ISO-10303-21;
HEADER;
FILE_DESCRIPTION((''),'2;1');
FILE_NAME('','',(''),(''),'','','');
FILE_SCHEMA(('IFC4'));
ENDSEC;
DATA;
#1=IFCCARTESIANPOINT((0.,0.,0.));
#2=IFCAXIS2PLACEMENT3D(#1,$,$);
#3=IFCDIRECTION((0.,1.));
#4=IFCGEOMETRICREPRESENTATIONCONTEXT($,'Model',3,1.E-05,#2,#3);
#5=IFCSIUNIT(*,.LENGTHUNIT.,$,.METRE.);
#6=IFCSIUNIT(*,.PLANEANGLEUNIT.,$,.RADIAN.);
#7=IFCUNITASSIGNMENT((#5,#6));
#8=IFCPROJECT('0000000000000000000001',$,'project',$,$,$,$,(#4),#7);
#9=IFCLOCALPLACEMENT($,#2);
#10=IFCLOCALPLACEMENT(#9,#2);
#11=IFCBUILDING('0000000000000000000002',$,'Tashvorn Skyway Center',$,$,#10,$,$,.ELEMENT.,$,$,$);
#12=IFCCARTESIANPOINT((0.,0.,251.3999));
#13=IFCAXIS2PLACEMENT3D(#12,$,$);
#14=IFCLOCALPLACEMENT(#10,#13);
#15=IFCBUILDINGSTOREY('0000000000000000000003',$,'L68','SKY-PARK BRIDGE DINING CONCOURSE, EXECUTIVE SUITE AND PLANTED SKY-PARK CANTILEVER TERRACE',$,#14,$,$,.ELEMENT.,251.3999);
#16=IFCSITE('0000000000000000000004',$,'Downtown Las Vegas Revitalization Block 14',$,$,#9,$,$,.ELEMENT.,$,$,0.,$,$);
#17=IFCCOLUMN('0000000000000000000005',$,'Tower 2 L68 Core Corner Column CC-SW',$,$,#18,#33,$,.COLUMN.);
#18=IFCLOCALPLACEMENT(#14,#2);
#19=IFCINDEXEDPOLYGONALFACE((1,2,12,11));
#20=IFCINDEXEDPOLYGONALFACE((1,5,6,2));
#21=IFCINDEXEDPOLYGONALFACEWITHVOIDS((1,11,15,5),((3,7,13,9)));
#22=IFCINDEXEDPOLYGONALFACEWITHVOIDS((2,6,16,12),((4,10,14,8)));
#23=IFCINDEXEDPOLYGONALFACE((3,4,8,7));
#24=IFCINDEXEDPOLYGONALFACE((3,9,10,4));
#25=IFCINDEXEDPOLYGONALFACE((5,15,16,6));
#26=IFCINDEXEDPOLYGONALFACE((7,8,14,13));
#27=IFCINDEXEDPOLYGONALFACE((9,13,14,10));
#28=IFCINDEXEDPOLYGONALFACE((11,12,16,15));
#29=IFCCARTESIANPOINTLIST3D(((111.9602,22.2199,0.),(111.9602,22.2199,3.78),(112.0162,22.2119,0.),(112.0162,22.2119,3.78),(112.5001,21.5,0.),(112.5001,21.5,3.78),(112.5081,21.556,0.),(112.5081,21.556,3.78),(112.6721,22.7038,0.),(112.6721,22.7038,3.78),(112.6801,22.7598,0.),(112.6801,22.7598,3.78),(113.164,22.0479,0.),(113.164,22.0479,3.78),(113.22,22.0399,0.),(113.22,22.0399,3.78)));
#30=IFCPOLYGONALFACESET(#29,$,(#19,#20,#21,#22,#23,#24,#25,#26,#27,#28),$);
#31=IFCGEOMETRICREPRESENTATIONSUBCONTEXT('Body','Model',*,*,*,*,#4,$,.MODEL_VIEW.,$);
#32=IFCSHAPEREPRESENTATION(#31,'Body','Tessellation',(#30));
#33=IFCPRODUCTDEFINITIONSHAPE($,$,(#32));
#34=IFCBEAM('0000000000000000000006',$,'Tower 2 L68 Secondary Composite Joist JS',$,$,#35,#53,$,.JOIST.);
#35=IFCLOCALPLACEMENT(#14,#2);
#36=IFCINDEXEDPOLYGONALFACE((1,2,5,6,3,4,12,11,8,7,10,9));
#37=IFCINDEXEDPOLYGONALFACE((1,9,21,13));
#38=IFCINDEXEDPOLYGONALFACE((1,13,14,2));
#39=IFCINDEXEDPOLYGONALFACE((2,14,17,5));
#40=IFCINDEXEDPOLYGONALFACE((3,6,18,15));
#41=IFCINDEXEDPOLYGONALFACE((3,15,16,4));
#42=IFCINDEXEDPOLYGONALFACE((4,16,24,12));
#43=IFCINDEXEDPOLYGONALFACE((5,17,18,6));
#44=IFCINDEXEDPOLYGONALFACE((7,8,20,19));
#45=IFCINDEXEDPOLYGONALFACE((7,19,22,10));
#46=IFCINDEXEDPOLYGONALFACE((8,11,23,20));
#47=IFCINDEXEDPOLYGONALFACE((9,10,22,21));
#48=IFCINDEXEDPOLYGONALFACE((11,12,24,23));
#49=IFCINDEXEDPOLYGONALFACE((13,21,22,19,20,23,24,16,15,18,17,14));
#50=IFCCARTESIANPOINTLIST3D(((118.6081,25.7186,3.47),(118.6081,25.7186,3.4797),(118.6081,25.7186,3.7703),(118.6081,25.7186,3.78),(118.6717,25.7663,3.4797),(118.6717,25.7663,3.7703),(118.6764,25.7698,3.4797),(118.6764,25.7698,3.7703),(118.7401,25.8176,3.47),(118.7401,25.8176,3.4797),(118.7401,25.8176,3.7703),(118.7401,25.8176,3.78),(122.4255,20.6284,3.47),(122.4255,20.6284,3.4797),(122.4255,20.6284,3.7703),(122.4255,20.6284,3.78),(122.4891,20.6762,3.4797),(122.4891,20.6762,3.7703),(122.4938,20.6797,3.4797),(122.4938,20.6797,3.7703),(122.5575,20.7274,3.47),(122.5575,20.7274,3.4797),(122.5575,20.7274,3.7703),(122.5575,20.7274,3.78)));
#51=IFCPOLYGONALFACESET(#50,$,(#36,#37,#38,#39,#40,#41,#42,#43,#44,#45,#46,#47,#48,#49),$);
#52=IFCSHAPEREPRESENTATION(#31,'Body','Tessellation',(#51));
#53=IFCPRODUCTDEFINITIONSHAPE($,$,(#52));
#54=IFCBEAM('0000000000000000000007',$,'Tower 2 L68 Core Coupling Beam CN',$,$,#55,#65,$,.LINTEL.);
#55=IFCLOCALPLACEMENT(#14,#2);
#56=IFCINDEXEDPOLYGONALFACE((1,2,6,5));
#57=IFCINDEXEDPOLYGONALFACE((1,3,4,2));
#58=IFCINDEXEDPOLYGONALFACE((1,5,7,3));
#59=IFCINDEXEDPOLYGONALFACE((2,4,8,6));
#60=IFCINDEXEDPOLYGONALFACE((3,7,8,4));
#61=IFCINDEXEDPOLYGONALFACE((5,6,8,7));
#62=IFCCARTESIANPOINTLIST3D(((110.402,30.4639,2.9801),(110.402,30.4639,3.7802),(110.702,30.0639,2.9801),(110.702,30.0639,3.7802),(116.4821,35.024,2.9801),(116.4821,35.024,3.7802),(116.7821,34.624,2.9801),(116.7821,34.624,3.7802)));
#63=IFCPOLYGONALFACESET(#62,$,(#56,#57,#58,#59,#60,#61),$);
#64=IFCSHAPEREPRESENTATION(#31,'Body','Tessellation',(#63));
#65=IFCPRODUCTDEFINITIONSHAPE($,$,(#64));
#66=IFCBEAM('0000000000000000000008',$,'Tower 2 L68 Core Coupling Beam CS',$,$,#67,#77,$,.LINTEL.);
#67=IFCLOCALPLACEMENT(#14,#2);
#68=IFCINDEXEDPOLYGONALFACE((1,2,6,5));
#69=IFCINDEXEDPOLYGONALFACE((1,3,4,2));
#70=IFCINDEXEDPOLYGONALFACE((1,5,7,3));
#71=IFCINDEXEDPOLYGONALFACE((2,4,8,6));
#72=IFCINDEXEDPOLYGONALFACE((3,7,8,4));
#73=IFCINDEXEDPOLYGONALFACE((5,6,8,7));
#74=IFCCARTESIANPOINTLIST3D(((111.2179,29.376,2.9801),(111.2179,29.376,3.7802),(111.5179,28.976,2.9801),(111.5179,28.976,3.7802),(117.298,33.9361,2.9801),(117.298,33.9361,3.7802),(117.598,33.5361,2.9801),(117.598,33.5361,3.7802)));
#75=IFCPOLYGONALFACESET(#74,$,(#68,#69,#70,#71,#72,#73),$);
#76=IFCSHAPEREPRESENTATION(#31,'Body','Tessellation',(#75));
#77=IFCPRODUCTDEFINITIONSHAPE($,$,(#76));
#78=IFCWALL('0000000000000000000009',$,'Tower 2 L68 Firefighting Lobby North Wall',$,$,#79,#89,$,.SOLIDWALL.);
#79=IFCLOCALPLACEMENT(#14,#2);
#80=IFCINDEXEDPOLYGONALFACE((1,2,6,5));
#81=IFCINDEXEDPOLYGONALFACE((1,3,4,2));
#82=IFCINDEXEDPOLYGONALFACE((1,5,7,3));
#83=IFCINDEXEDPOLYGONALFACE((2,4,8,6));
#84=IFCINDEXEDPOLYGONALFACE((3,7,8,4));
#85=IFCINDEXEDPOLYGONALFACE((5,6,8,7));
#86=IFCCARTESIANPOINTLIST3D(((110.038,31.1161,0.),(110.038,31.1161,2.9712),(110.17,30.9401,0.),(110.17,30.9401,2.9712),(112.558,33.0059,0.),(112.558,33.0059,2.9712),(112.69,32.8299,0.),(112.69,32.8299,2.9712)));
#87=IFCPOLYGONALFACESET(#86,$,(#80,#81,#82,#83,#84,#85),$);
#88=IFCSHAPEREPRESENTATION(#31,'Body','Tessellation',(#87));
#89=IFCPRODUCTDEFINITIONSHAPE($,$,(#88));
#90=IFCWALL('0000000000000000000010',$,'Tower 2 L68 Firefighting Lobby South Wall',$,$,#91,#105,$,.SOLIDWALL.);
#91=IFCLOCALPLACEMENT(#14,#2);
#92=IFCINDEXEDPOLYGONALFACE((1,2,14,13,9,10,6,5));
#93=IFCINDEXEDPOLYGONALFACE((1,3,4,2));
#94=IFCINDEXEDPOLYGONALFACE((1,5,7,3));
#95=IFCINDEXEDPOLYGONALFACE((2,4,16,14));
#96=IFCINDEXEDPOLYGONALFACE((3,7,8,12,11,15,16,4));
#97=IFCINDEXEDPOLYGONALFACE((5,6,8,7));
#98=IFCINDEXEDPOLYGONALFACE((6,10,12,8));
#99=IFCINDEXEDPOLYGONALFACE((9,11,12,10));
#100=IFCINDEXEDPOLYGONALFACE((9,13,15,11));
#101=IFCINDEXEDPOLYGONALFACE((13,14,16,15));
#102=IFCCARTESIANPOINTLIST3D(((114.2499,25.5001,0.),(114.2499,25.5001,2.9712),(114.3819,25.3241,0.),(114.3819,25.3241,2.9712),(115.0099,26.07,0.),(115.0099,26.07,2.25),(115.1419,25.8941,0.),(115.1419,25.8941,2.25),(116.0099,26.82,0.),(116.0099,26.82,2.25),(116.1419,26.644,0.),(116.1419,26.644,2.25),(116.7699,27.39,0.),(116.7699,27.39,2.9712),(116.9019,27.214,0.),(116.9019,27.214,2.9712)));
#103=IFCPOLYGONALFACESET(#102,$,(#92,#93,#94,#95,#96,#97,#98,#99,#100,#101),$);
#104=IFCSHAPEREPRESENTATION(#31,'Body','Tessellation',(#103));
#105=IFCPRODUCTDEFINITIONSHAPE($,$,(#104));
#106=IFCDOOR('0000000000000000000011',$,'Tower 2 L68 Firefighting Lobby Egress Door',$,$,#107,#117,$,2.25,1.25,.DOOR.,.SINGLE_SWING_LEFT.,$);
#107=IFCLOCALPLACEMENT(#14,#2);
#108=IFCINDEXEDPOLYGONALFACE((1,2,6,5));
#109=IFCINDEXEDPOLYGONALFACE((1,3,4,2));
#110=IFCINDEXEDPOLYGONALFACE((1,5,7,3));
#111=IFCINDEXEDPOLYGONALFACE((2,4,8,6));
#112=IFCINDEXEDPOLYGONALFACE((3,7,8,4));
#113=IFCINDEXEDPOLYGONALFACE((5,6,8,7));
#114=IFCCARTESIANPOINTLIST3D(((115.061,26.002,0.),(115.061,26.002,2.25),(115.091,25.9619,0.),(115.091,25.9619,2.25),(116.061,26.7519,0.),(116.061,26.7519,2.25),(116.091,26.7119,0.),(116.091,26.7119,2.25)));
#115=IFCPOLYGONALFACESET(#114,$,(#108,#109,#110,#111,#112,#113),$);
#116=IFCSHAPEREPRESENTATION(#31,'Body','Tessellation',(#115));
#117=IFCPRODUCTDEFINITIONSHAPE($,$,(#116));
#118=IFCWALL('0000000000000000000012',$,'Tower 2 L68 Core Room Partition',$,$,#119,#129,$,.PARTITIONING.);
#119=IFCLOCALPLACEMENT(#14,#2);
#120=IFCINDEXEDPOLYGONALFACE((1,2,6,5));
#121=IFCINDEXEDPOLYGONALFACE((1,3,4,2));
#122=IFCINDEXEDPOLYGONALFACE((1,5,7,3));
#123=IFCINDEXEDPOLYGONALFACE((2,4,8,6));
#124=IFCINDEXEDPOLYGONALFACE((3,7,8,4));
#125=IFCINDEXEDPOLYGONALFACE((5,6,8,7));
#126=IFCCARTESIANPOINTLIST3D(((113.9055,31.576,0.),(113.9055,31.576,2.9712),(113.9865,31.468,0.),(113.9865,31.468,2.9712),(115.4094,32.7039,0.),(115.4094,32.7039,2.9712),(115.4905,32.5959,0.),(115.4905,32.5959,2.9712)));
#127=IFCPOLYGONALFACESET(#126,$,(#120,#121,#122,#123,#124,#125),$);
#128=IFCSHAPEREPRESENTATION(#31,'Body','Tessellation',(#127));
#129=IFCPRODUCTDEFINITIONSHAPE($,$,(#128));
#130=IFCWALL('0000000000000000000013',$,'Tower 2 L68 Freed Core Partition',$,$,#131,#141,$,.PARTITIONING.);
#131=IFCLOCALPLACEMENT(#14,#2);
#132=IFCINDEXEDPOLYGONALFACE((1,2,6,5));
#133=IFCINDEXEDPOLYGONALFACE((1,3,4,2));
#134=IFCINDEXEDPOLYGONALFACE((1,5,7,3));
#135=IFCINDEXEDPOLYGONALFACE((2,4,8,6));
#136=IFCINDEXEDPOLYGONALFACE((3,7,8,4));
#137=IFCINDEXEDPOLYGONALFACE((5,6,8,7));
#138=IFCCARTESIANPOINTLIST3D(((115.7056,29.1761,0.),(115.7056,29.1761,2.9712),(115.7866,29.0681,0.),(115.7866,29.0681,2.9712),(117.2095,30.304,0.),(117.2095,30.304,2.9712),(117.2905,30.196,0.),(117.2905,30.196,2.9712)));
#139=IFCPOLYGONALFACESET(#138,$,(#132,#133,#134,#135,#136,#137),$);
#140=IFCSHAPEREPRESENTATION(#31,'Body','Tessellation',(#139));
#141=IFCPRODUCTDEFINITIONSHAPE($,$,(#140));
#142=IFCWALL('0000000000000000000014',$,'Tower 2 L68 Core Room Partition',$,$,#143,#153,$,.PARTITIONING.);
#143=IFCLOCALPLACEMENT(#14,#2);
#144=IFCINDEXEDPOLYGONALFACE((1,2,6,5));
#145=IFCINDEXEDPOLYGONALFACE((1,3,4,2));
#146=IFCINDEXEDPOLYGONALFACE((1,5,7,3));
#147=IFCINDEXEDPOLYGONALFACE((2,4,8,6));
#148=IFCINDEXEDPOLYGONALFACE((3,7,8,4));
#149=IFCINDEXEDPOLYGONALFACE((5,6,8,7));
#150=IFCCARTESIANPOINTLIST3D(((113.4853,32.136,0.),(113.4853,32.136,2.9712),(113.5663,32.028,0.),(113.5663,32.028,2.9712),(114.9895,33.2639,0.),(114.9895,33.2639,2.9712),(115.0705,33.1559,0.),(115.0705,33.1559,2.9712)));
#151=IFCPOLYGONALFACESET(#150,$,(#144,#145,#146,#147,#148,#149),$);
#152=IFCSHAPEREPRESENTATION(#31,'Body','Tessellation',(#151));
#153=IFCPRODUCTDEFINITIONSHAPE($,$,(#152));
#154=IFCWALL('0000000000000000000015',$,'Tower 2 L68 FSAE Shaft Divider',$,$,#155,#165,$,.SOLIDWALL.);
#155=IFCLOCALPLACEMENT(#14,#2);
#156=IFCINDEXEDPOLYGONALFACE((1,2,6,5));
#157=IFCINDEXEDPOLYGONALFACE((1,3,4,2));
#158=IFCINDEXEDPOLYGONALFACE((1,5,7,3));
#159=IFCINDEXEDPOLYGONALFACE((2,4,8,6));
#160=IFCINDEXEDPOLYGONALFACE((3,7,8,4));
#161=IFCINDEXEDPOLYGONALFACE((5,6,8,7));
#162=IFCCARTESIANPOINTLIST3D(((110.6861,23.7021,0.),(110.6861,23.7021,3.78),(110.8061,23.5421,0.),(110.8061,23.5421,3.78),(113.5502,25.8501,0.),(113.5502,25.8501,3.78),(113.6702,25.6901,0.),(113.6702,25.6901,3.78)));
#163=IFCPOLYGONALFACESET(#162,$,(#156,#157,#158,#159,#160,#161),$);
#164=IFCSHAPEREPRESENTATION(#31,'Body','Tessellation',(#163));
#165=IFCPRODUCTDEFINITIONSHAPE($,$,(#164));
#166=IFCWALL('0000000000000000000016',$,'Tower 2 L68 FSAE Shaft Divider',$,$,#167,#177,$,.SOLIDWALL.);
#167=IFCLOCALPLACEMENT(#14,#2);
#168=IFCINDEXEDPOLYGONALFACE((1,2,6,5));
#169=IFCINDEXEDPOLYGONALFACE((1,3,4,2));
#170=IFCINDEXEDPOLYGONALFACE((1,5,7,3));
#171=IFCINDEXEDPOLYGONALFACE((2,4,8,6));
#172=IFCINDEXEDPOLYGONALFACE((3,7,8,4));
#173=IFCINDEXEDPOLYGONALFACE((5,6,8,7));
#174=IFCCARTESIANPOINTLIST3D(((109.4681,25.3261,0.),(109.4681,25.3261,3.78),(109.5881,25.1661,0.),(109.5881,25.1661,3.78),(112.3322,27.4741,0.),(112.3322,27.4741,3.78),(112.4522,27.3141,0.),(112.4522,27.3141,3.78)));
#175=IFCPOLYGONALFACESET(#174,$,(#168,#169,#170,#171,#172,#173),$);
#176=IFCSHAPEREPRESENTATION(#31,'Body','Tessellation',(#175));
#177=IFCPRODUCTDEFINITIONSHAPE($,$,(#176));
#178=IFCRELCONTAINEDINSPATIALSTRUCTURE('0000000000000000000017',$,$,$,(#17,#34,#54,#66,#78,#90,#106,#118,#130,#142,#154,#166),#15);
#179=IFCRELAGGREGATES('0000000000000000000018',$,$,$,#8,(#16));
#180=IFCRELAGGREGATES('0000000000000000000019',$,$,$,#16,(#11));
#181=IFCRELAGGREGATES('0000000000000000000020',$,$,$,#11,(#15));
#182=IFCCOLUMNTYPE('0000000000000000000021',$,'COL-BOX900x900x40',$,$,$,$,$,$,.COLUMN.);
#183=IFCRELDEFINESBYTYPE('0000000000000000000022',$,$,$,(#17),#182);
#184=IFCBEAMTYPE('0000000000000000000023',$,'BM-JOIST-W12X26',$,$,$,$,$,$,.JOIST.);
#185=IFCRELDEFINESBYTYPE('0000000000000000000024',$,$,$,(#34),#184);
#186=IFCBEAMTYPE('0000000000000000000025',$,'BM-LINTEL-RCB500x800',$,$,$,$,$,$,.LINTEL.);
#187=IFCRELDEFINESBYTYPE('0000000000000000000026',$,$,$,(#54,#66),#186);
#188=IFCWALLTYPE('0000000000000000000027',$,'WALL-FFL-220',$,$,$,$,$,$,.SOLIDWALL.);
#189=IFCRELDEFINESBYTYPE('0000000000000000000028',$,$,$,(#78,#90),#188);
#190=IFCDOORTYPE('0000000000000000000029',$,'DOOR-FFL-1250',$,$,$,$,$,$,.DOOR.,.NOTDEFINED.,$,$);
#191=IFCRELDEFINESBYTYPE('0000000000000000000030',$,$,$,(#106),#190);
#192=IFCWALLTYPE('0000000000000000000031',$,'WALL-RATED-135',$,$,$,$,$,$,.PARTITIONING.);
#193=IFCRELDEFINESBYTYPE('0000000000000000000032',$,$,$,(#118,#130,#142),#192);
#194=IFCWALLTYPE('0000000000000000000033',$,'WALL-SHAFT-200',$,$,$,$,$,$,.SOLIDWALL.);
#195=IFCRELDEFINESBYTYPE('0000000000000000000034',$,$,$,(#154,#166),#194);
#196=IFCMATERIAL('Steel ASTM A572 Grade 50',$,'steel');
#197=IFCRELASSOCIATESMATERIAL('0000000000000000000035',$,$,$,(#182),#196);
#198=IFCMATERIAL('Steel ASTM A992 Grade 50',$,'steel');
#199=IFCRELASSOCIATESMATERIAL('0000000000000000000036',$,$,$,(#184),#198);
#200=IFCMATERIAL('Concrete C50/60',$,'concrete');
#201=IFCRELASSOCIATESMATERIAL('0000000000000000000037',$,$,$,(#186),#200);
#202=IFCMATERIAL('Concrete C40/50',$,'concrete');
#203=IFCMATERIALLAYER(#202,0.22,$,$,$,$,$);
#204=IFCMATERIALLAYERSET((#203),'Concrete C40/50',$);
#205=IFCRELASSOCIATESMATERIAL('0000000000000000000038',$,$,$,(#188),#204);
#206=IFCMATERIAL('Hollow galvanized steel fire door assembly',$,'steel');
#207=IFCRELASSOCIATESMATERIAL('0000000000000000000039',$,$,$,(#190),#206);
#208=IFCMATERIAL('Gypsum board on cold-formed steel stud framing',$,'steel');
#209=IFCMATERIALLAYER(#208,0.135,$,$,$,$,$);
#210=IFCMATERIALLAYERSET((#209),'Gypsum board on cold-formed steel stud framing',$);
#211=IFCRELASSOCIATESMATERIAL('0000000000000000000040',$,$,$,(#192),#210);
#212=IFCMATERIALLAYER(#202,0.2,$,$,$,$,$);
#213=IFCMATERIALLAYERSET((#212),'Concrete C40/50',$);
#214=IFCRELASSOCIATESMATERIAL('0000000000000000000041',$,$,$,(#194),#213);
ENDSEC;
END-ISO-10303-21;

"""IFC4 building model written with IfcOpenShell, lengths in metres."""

from ifc_helpers import new_model, si_unit, direction, frame, frame_2d, origin, origin_2d, place, context, subcontext, project, spatial, rectangle, hollow_rectangle, i_section, extrude, material, layer, layer_set, material_profile, profile_set, type_object, element, fill, save


model = new_model("IFC4")

# Units and contexts
model_context = context("Model", 3, precision=1e-05, world=origin(), true_north=direction((0.0, 1.0)))
body_context = subcontext(model_context, "Body", "Model", "MODEL_VIEW")
ifc_project = project(units=[si_unit("LENGTHUNIT", "METRE"), si_unit("PLANEANGLEUNIT", "RADIAN")], contexts=[model_context])

# Site, building, storey
site_placement = place(None, origin())
site = spatial("IfcSite", under=ifc_project, at=site_placement, Name="Downtown Las Vegas Revitalization Block 14", CompositionType="ELEMENT", RefElevation=0.0)
building_placement = place(site_placement, origin())
building = spatial("IfcBuilding", under=site, at=building_placement, Name="Tashvorn Skyway Center", CompositionType="ELEMENT")
storey_placement = place(building_placement, frame((0.0, 0.0, 251.3999)))
storey = spatial("IfcBuildingStorey", under=building, at=storey_placement, Name="L68", Description="SKY-PARK BRIDGE DINING CONCOURSE, EXECUTIVE SUITE AND PLANTED SKY-PARK CANTILEVER TERRACE", CompositionType="ELEMENT", Elevation=251.3999)

# Column
ifc_material_1 = material(Name="Steel ASTM A572 Grade 50", Category="steel")
ifc_material_profile_1 = material_profile(ifc_material_1, hollow_rectangle(XDim=0.8999, YDim=0.8999, WallThickness=0.04, at=origin_2d()), Name="BOX900x900x40")
ifc_profile_set_1 = profile_set([ifc_material_profile_1], Name="Steel ASTM A572 Grade 50")
column_type = type_object("IfcColumnType", Name="COL-BOX900x900x40", PredefinedType="COLUMN", material=ifc_profile_set_1)
column_placement = place(storey_placement, frame((112.5901, 22.1299, 0.0), z_axis=(0.0, 0.0, 1.0), x_axis=(0.8, 0.6, 0.0)))
element("IfcColumn", 1, at=column_placement, inside=storey, type_object=column_type, Name="Tower 2 L68 Core Corner Column CC-SW", PredefinedType="COLUMN", context=body_context, shape_type="SweptSolid", body=[
    extrude(hollow_rectangle(XDim=0.8999, YDim=0.8999, WallThickness=0.04, at=origin_2d()), origin(), (0.0, 0.0, 1.0), 3.78),
])

# Beams
ifc_material_2 = material(Name="Steel ASTM A992 Grade 50", Category="steel")
ifc_material_profile_2 = material_profile(ifc_material_2, i_section(OverallWidth=0.165, OverallDepth=0.3101, WebThickness=0.0059, FlangeThickness=0.0098, at=origin_2d()), Name="W12X26")
ifc_profile_set_2 = profile_set([ifc_material_profile_2], Name="Steel ASTM A992 Grade 50")
beam_type_1 = type_object("IfcBeamType", Name="BM-JOIST-W12X26", PredefinedType="JOIST", material=ifc_profile_set_2)
beam_placement = place(storey_placement, frame((118.6741, 25.7681, 3.625), z_axis=(0.599982, -0.800014, 0.0), x_axis=(0.800014, 0.599982, 0.0)))
element("IfcBeam", 2, at=beam_placement, inside=storey, type_object=beam_type_1, Name="Tower 2 L68 Secondary Composite Joist JS", PredefinedType="JOIST", context=body_context, shape_type="SweptSolid", body=[
    extrude(i_section(OverallWidth=0.165, OverallDepth=0.3101, WebThickness=0.0059, FlangeThickness=0.0098, at=origin_2d()), origin(), (0.0, 0.0, 1.0), 6.3625),
])
ifc_material_3 = material(Name="Concrete C50/60", Category="concrete")
ifc_material_profile_3 = material_profile(ifc_material_3, rectangle(XDim=0.5, YDim=0.8, at=origin_2d()), Name="RCB500x800")
ifc_profile_set_3 = profile_set([ifc_material_profile_3], Name="Concrete C50/60")
beam_type_2 = type_object("IfcBeamType", Name="BM-LINTEL-RCB500x800", PredefinedType="LINTEL", material=ifc_profile_set_3)
for number, where, z_axis, x_axis, name in (
    (3, (110.552, 30.2639, 3.3801), (0.8, 0.6, 0.0), (-0.6, 0.8, 0.0), "Tower 2 L68 Core Coupling Beam CN"),
    (4, (111.3679, 29.176, 3.3801), (0.8, 0.6, 0.0), (-0.6, 0.8, 0.0), "Tower 2 L68 Core Coupling Beam CS"),
):
    element("IfcBeam", number, at=place(storey_placement, frame(where, z_axis=z_axis, x_axis=x_axis)), inside=storey, type_object=beam_type_2, Name=name, PredefinedType="LINTEL", context=body_context, shape_type="SweptSolid", body=[
        extrude(rectangle(XDim=0.5, YDim=0.8, at=origin_2d()), origin(), (0.0, 0.0, 1.0), 7.6001),
    ])

# Wall
ifc_material_4 = material(Name="Concrete C40/50", Category="concrete")
ifc_layer_1 = layer(ifc_material_4, 0.22)
ifc_layer_set_1 = layer_set([ifc_layer_1], Name="Concrete C40/50")
wall_type_1 = type_object("IfcWallType", Name="WALL-FFL-220", PredefinedType="SOLIDWALL", material=ifc_layer_set_1)
wall_1_placement = place(storey_placement, frame((110.104, 31.0281, 0.0), z_axis=(0.0, 0.0, 1.0), x_axis=(0.800019, 0.599975, 0.0)))
element("IfcWall", 5, at=wall_1_placement, inside=storey, type_object=wall_type_1, Name="Tower 2 L68 Firefighting Lobby North Wall", PredefinedType="SOLIDWALL", context=body_context, shape_type="SweptSolid", body=[
    extrude(rectangle(XDim=3.1499, YDim=0.22, at=frame_2d((1.575, 0.0))), origin(), (0.0, 0.0, 1.0), 2.9712),
])

# Wall, opening, door
wall_2_placement = place(storey_placement, frame((114.3159, 25.4121, 0.0), z_axis=(0.0, 0.0, 1.0), x_axis=(0.800019, 0.599975, 0.0)))
wall_2 = element("IfcWall", 6, at=wall_2_placement, inside=storey, type_object=wall_type_1, Name="Tower 2 L68 Firefighting Lobby South Wall", PredefinedType="SOLIDWALL", context=body_context, shape_type="SweptSolid", body=[
    extrude(rectangle(XDim=3.1499, YDim=0.22, at=frame_2d((1.575, 0.0))), origin(), (0.0, 0.0, 1.0), 2.9712),
])
opening_1_placement = place(wall_2_placement, frame((0.95, 0.0, 0.0)))
opening_1 = element("IfcOpeningElement", 7, at=opening_1_placement, cuts=wall_2, PredefinedType="OPENING", context=body_context, shape_type="SweptSolid", body=[
    extrude(rectangle(XDim=1.25, YDim=2.25, at=frame_2d((0.625, 1.125))), frame((0.0, 0.1199, 0.0), z_axis=(0.0, -1.0, 0.0), x_axis=(1.0, 0.0, 0.0)), (0.0, 0.0, 1.0), 0.24),
])
ifc_material_5 = material(Name="Hollow galvanized steel fire door assembly", Category="steel")
door_type_1 = type_object("IfcDoorType", Name="DOOR-FFL-1250", OperationType="NOTDEFINED", PredefinedType="DOOR", material=ifc_material_5)
door_1_placement = place(opening_1_placement, origin())
door_1 = element("IfcDoor", 8, at=door_1_placement, inside=storey, type_object=door_type_1, Name="Tower 2 L68 Firefighting Lobby Egress Door", OperationType="SINGLE_SWING_LEFT", OverallHeight=2.25, OverallWidth=1.25, PredefinedType="DOOR", context=body_context, shape_type="SweptSolid", body=[
    extrude(rectangle(XDim=1.25, YDim=2.25, at=frame_2d((0.625, 1.125))), frame((0.0, 0.0249, 0.0), z_axis=(0.0, -1.0, 0.0), x_axis=(1.0, 0.0, 0.0)), (0.0, 0.0, 1.0), 0.05),
])
fill(opening_1, door_1)

# Walls
ifc_material_6 = material(Name="Gypsum board on cold-formed steel stud framing", Category="steel")
ifc_layer_2 = layer(ifc_material_6, 0.135)
ifc_layer_set_2 = layer_set([ifc_layer_2], Name="Gypsum board on cold-formed steel stud framing")
wall_type_2 = type_object("IfcWallType", Name="WALL-RATED-135", PredefinedType="PARTITIONING", material=ifc_layer_set_2)
for number, where, z_axis, x_axis, name in (
    (9, (113.946, 31.522, 0.0), (0.0, 0.0, 1.0), (0.8, 0.6, 0.0), "Tower 2 L68 Core Room Partition"),
    (10, (115.7461, 29.1221, 0.0), (0.0, 0.0, 1.0), (0.8, 0.6, 0.0), "Tower 2 L68 Freed Core Partition"),
):
    element("IfcWall", number, at=place(storey_placement, frame(where, z_axis=z_axis, x_axis=x_axis)), inside=storey, type_object=wall_type_2, Name=name, PredefinedType="PARTITIONING", context=body_context, shape_type="SweptSolid", body=[
        extrude(rectangle(XDim=1.8799, YDim=0.135, at=frame_2d((0.9399, 0.0))), origin(), (0.0, 0.0, 1.0), 2.9712),
    ])
wall_3_placement = place(storey_placement, frame((113.5259, 32.082, 0.0), z_axis=(0.0, 0.0, 1.0), x_axis=(0.800047, 0.599938, 0.0)))
element("IfcWall", 11, at=wall_3_placement, inside=storey, type_object=wall_type_2, Name="Tower 2 L68 Core Room Partition", PredefinedType="PARTITIONING", context=body_context, shape_type="SweptSolid", body=[
    extrude(rectangle(XDim=1.8801, YDim=0.135, at=frame_2d((0.9399, 0.0))), origin(), (0.0, 0.0, 1.0), 2.9712),
])
ifc_layer_3 = layer(ifc_material_4, 0.2)
ifc_layer_set_3 = layer_set([ifc_layer_3], Name="Concrete C40/50")
wall_type_3 = type_object("IfcWallType", Name="WALL-SHAFT-200", PredefinedType="SOLIDWALL", material=ifc_layer_set_3)
for number, where, z_axis, x_axis, name in (
    (12, (110.7461, 23.6221, 0.0), (0.0, 0.0, 1.0), (0.800008, 0.599989, 0.0), "Tower 2 L68 FSAE Shaft Divider"),
    (13, (109.5281, 25.2461, 0.0), (0.0, 0.0, 1.0), (0.800008, 0.599989, 0.0), "Tower 2 L68 FSAE Shaft Divider"),
):
    element("IfcWall", number, at=place(storey_placement, frame(where, z_axis=z_axis, x_axis=x_axis)), inside=storey, type_object=wall_type_3, Name=name, PredefinedType="SOLIDWALL", context=body_context, shape_type="SweptSolid", body=[
        extrude(rectangle(XDim=3.5801, YDim=0.2, at=frame_2d((1.79, 0.0))), origin(), (0.0, 0.0, 1.0), 3.78),
    ])

save(model, "model.ifc")
